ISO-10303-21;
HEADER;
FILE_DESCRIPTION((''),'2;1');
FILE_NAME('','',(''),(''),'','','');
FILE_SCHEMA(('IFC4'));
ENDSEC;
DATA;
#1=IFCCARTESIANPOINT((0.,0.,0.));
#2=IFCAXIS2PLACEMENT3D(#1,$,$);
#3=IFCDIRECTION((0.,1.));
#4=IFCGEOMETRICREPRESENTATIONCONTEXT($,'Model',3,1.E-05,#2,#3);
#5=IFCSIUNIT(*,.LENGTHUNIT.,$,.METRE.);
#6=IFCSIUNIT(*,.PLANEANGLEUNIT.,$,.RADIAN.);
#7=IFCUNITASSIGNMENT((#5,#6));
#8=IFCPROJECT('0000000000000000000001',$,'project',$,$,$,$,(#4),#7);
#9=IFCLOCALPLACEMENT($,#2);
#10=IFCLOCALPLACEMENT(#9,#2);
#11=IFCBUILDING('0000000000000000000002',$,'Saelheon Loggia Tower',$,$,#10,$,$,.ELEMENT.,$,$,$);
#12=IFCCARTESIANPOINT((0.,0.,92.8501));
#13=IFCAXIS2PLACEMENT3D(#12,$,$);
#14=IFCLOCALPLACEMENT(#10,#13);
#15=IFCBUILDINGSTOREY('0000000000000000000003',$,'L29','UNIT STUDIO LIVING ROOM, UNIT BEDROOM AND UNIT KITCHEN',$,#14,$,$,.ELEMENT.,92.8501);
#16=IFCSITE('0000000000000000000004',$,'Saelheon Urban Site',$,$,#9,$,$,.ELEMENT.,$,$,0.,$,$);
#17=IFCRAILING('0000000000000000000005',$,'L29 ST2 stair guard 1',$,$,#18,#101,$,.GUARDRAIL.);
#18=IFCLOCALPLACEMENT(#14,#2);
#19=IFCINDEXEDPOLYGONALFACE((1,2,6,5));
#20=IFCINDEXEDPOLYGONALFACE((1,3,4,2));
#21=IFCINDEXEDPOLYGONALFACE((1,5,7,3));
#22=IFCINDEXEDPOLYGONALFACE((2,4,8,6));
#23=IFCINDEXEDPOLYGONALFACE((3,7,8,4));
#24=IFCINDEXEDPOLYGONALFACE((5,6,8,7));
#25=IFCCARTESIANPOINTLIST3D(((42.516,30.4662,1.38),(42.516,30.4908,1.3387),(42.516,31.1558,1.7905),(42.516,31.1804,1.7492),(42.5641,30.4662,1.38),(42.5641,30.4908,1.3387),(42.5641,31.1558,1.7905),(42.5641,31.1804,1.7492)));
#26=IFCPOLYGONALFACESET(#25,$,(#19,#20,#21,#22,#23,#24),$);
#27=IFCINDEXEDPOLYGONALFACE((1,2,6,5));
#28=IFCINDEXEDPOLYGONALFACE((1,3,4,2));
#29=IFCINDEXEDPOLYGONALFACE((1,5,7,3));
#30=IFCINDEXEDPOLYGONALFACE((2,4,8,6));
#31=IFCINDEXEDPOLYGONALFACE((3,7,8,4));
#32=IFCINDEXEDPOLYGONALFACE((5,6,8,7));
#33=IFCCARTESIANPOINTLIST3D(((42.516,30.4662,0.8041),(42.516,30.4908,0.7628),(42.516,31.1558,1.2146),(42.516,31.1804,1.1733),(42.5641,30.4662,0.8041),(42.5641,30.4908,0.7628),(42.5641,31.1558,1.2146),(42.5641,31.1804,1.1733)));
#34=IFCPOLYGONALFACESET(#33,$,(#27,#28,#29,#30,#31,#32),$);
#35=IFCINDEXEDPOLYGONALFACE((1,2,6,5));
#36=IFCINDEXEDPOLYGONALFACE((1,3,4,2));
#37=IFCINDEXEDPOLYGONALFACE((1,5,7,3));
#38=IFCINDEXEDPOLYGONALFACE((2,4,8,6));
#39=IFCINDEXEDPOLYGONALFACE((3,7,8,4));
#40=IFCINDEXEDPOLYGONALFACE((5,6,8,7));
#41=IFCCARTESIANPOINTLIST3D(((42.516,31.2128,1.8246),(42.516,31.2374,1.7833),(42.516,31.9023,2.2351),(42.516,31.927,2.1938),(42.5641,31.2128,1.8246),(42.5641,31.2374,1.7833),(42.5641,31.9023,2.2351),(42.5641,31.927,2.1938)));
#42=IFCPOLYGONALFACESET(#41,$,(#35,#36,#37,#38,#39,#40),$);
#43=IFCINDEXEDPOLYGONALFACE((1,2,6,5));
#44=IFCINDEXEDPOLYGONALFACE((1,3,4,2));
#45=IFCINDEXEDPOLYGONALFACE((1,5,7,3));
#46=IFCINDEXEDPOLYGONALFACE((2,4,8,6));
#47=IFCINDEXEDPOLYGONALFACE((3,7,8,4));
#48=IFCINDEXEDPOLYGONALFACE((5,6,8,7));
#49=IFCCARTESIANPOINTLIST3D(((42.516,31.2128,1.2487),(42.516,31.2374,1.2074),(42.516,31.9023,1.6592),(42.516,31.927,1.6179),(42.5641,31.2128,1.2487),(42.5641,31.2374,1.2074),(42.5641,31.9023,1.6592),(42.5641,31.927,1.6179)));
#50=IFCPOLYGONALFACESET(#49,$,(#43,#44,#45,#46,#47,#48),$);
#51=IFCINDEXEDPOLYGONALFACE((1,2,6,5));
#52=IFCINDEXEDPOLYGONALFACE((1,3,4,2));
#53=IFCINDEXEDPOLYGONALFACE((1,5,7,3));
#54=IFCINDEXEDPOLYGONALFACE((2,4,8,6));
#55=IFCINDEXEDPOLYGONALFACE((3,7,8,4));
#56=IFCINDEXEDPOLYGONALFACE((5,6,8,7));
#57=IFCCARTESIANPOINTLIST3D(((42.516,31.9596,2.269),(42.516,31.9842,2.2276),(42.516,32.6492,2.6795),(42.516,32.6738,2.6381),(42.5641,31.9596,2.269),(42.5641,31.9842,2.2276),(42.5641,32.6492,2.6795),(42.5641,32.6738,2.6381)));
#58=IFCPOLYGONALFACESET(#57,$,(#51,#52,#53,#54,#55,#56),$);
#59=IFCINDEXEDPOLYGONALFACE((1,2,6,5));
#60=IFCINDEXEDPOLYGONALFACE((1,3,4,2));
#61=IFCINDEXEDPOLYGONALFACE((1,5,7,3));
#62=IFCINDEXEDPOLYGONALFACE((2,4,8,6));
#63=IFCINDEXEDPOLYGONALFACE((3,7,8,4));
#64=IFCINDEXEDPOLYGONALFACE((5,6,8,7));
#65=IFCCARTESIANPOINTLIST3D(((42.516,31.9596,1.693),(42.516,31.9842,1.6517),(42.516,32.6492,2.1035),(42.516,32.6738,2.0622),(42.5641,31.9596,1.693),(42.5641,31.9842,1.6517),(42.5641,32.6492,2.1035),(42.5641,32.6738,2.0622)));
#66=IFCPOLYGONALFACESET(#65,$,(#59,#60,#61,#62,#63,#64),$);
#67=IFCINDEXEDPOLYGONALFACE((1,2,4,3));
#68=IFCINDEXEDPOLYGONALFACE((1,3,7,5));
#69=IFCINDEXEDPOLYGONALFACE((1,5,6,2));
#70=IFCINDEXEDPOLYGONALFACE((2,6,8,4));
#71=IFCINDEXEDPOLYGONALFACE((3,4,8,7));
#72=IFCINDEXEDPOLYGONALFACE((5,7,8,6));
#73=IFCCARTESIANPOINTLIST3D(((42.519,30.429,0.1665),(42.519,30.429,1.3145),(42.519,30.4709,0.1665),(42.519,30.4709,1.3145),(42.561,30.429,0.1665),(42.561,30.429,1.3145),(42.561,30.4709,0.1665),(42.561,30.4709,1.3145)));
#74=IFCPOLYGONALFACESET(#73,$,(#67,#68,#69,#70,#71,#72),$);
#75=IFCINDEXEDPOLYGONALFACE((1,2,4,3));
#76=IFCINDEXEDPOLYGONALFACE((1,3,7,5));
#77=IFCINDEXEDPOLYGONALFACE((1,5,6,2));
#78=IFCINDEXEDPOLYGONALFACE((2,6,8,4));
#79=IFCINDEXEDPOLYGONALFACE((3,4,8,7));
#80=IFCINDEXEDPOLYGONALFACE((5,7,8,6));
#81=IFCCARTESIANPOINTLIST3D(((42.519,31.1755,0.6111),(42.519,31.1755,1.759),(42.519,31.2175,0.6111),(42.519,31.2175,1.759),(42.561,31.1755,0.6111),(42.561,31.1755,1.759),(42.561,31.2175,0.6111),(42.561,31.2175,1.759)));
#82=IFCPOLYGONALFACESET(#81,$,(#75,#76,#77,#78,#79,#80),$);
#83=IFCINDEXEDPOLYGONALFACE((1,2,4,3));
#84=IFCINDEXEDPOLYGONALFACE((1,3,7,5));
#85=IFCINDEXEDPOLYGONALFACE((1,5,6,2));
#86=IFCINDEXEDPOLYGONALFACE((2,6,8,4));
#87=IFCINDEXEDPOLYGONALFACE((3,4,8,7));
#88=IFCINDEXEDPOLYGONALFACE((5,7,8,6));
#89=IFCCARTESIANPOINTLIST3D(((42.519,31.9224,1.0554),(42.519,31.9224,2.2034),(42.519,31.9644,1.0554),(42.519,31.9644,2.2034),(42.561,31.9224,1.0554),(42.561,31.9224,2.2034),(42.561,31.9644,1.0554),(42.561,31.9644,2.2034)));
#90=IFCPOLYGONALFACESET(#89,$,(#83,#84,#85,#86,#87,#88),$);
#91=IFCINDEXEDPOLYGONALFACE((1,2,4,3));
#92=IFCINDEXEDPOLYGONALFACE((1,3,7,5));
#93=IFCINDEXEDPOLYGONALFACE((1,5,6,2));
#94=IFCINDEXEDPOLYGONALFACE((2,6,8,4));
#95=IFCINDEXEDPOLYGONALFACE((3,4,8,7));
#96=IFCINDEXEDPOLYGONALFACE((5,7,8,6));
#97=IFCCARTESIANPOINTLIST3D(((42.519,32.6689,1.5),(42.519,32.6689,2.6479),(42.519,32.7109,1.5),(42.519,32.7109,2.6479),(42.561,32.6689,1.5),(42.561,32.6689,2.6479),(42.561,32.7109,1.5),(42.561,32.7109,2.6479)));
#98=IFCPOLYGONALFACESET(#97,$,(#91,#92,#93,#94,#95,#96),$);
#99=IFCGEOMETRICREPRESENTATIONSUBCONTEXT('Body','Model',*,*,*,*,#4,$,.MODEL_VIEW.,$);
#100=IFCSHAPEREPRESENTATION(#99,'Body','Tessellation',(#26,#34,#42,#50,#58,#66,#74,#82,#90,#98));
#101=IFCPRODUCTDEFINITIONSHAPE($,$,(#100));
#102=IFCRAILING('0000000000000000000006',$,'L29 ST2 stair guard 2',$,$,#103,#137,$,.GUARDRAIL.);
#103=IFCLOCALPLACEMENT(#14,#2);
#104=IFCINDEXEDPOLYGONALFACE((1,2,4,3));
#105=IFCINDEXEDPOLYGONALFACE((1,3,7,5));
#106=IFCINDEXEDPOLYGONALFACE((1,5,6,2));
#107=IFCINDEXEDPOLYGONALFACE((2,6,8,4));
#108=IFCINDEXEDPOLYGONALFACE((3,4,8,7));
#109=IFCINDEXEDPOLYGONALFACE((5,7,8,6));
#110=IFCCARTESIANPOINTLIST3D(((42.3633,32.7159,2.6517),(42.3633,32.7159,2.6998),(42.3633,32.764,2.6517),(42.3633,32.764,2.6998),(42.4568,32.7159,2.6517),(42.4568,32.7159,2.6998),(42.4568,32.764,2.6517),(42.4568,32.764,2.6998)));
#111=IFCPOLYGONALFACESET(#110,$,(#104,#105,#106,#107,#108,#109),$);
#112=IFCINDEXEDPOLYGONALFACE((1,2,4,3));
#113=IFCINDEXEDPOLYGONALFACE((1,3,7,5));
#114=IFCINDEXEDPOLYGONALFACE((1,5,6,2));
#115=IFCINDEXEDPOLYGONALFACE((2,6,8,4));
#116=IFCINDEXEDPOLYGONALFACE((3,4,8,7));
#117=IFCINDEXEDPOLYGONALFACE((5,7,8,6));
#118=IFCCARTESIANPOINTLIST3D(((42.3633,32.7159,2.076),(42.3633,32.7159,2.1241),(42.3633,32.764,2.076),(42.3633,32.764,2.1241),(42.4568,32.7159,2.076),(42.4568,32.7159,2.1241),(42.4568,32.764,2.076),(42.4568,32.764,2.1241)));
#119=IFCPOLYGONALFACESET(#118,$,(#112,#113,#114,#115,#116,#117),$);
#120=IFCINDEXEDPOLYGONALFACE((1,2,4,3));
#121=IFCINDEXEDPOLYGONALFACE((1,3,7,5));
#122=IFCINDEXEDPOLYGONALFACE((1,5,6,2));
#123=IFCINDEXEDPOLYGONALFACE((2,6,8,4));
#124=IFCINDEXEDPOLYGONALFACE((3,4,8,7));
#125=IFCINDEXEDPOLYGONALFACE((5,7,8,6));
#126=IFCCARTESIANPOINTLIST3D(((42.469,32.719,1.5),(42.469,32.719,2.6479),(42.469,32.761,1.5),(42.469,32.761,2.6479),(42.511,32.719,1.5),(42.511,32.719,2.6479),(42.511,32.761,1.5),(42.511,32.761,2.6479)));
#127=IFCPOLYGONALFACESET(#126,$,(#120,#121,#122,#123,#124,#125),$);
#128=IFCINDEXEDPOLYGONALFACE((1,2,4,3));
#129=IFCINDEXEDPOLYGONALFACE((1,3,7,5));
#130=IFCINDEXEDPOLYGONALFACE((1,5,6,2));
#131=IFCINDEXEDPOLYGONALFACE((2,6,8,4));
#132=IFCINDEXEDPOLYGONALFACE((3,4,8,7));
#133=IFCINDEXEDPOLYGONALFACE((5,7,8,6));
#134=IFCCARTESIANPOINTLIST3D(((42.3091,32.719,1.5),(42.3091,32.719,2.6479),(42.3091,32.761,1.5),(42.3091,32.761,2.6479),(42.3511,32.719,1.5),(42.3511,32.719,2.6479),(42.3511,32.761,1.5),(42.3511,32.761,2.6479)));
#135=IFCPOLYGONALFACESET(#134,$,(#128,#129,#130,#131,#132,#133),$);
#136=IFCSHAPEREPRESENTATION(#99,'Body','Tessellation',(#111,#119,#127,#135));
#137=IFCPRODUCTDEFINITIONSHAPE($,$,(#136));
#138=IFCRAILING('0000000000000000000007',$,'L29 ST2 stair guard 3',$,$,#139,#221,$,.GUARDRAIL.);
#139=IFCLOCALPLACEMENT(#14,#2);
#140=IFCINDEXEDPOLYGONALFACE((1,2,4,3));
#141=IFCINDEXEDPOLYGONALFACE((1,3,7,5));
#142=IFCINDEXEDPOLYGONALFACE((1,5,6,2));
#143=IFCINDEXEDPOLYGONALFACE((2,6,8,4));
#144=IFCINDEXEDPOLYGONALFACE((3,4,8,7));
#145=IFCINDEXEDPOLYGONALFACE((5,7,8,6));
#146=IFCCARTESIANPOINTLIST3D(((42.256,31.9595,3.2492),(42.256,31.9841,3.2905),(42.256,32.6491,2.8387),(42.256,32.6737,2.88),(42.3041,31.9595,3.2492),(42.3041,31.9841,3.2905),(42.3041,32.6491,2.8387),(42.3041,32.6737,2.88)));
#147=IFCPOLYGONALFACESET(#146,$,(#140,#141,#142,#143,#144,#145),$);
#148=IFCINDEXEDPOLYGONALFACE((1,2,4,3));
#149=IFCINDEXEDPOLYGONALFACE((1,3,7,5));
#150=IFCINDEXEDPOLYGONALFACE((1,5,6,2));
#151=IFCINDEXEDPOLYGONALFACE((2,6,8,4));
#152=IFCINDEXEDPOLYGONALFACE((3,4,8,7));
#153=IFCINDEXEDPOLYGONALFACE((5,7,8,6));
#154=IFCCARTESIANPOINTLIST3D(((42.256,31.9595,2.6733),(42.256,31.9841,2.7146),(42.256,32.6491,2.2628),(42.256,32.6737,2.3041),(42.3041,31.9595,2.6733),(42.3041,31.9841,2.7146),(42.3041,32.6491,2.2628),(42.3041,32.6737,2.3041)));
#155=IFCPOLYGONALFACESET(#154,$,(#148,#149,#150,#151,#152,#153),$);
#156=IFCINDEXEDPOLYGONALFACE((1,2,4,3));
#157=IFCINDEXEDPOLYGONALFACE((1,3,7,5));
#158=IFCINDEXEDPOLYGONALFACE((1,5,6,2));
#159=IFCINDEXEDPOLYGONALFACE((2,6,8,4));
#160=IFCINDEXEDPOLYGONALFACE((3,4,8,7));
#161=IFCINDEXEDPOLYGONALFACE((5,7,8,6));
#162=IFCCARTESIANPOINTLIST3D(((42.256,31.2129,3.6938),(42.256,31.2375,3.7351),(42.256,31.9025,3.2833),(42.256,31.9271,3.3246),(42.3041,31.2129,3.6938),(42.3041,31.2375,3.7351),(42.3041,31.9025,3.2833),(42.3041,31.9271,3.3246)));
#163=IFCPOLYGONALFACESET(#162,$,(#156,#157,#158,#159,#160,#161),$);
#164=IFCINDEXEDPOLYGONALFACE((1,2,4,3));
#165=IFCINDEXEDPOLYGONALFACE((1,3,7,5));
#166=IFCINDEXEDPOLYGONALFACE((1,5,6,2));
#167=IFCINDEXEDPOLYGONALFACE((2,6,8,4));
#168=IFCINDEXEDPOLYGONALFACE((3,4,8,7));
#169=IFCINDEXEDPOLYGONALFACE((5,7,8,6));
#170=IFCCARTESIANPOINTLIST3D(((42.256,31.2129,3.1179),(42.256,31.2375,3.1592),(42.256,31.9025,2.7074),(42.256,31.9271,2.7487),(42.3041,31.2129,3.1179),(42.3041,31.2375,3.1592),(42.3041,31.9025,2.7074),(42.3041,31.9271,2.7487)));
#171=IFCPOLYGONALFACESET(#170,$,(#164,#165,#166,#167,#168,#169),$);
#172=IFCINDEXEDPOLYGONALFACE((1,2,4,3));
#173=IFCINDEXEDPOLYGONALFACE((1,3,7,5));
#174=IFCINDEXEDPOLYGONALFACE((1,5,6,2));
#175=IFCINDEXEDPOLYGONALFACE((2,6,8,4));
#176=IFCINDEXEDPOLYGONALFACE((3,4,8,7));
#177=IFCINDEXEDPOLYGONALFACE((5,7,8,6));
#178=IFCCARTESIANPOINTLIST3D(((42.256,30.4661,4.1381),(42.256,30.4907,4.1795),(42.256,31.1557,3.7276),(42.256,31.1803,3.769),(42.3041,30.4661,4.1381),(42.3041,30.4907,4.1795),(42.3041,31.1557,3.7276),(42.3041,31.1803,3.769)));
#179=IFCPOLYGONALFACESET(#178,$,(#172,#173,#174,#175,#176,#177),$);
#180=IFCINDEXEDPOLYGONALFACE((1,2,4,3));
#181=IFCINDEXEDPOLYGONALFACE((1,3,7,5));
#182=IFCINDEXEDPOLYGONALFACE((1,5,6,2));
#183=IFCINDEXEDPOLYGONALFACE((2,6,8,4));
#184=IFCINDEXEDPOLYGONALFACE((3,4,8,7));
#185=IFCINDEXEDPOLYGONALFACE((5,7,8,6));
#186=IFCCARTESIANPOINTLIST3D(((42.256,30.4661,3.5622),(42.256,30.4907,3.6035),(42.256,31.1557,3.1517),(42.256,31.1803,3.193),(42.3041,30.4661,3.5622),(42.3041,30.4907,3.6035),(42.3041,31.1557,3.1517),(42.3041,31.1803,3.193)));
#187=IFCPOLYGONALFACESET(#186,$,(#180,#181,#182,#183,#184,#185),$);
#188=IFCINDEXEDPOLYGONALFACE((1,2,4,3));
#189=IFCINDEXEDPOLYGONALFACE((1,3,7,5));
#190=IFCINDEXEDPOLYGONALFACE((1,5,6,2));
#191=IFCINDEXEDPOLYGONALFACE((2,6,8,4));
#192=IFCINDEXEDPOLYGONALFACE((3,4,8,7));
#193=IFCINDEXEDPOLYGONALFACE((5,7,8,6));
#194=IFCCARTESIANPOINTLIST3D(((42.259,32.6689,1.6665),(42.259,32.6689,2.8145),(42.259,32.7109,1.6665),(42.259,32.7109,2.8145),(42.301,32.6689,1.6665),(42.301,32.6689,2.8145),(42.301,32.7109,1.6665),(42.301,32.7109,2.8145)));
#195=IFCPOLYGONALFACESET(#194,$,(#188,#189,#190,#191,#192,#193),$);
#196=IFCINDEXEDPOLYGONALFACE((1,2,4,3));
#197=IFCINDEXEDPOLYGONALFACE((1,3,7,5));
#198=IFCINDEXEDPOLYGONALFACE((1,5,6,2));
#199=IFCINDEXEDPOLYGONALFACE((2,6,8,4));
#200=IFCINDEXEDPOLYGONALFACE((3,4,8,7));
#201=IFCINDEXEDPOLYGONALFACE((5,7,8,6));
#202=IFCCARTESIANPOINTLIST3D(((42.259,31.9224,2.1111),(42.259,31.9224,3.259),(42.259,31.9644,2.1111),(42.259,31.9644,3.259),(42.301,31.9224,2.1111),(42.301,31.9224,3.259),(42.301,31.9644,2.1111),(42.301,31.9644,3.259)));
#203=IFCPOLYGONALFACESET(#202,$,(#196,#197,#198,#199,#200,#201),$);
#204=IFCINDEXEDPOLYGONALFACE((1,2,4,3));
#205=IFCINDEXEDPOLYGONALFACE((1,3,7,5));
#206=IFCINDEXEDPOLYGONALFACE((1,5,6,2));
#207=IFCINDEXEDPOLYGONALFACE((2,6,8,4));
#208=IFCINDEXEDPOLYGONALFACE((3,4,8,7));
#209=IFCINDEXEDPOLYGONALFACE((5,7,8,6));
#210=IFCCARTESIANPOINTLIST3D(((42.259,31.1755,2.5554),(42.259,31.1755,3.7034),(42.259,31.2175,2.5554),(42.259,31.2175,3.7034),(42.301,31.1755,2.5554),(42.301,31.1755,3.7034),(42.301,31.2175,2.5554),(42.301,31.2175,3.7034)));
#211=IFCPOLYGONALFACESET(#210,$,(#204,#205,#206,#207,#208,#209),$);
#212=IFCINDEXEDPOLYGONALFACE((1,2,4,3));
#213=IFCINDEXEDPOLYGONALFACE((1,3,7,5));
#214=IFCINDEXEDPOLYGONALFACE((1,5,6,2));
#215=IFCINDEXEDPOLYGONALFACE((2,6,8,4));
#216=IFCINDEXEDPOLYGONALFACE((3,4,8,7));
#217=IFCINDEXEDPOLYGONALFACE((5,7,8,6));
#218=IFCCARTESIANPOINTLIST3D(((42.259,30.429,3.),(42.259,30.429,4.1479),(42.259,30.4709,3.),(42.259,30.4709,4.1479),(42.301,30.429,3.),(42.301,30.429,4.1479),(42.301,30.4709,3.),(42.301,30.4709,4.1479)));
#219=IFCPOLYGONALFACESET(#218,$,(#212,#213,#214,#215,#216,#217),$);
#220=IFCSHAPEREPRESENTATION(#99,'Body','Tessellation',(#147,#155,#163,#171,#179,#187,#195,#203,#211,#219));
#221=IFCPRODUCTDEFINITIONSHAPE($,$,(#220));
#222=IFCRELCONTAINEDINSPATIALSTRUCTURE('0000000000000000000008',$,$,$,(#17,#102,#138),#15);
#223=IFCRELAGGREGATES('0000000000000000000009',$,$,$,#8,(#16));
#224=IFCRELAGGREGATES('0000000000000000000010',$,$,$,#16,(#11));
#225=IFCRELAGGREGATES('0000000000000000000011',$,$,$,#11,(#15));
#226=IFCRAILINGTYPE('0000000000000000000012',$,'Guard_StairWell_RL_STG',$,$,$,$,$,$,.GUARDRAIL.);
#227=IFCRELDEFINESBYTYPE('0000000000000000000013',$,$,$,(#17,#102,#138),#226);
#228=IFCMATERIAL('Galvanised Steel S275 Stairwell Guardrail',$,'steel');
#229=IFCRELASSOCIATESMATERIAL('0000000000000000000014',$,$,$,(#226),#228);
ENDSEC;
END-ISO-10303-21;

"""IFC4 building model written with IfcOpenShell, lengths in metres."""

from ifc_helpers import new_model, si_unit, direction, frame, origin, origin_2d, place, context, subcontext, project, spatial, rectangle, extrude, material, type_object, element, save


model = new_model("IFC4")

# Units and contexts
model_context = context("Model", 3, precision=1e-05, world=origin(), true_north=direction((0.0, 1.0)))
body_context = subcontext(model_context, "Body", "Model", "MODEL_VIEW")
ifc_project = project(units=[si_unit("LENGTHUNIT", "METRE"), si_unit("PLANEANGLEUNIT", "RADIAN")], contexts=[model_context])

# Site, building, storey
site_placement = place(None, origin())
site = spatial("IfcSite", under=ifc_project, at=site_placement, Name="Saelheon Urban Site", CompositionType="ELEMENT", RefElevation=0.0)
building_placement = place(site_placement, origin())
building = spatial("IfcBuilding", under=site, at=building_placement, Name="Saelheon Loggia Tower", CompositionType="ELEMENT")
storey_placement = place(building_placement, frame((0.0, 0.0, 92.8501)))
storey = spatial("IfcBuildingStorey", under=building, at=storey_placement, Name="L29", Description="UNIT STUDIO LIVING ROOM, UNIT BEDROOM AND UNIT KITCHEN", CompositionType="ELEMENT", Elevation=92.8501)

# Railings
ifc_material_1 = material(Name="Galvanised Steel S275 Stairwell Guardrail", Category="steel")
railing_type_1 = type_object("IfcRailingType", Name="Guard_StairWell_RL_STG", PredefinedType="GUARDRAIL", material=ifc_material_1)
railing_1_placement = place(storey_placement, frame((42.54, 30.45, 0.1665)))
element("IfcRailing", 1, at=railing_1_placement, inside=storey, type_object=railing_type_1, Name="L29 ST2 stair guard 1", PredefinedType="GUARDRAIL", context=body_context, shape_type="SweptSolid", body=[
    extrude(rectangle(XDim=0.0481, YDim=0.0481, at=origin_2d()), frame((0.0, 0.0286, 1.1929), z_axis=(0.0, 0.859264, 0.511532), x_axis=(-1.0, 0.0, 0.0)), (0.0, 0.0, 1.0), 0.8025),
    extrude(rectangle(XDim=0.0481, YDim=0.0481, at=origin_2d()), frame((0.0, 0.0286, 0.6169), z_axis=(0.0, 0.859264, 0.511532), x_axis=(-1.0, 0.0, 0.0)), (0.0, 0.0, 1.0), 0.8025),
    extrude(rectangle(XDim=0.0481, YDim=0.0481, at=origin_2d()), frame((0.0, 0.7751, 1.6375), z_axis=(0.0, 0.859264, 0.511532), x_axis=(-1.0, 0.0, 0.0)), (0.0, 0.0, 1.0), 0.8025),
    extrude(rectangle(XDim=0.0481, YDim=0.0481, at=origin_2d()), frame((0.0, 0.7751, 1.0615), z_axis=(0.0, 0.859264, 0.511532), x_axis=(-1.0, 0.0, 0.0)), (0.0, 0.0, 1.0), 0.8025),
    extrude(rectangle(XDim=0.0481, YDim=0.0481, at=origin_2d()), frame((0.0, 1.522, 2.0818), z_axis=(0.0, 0.859264, 0.511532), x_axis=(-1.0, 0.0, 0.0)), (0.0, 0.0, 1.0), 0.8025),
    extrude(rectangle(XDim=0.0481, YDim=0.0481, at=origin_2d()), frame((0.0, 1.522, 1.5059), z_axis=(0.0, 0.859264, 0.511532), x_axis=(-1.0, 0.0, 0.0)), (0.0, 0.0, 1.0), 0.8025),
    extrude(rectangle(XDim=0.042, YDim=0.042, at=origin_2d()), origin(), (0.0, 0.0, 1.0), 1.1479),
    extrude(rectangle(XDim=0.042, YDim=0.042, at=origin_2d()), frame((0.0, 0.7466, 0.4446)), (0.0, 0.0, 1.0), 1.1479),
    extrude(rectangle(XDim=0.042, YDim=0.042, at=origin_2d()), frame((0.0, 1.4934, 0.8889)), (0.0, 0.0, 1.0), 1.1479),
    extrude(rectangle(XDim=0.042, YDim=0.042, at=origin_2d()), frame((0.0, 2.24, 1.3335)), (0.0, 0.0, 1.0), 1.1479),
])
railing_2_placement = place(storey_placement, frame((42.49, 32.74, 1.5)))
element("IfcRailing", 2, at=railing_2_placement, inside=storey, type_object=railing_type_1, Name="L29 ST2 stair guard 2", PredefinedType="GUARDRAIL", context=body_context, shape_type="SweptSolid", body=[
    extrude(rectangle(XDim=0.0481, YDim=0.0481, at=origin_2d()), frame((-0.0332, 0.0, 1.1758), z_axis=(-1.0, 0.0, 0.0), x_axis=(0.0, -1.0, 0.0)), (0.0, 0.0, 1.0), 0.0935),
    extrude(rectangle(XDim=0.0481, YDim=0.0481, at=origin_2d()), frame((-0.0332, 0.0, 0.6001), z_axis=(-1.0, 0.0, 0.0), x_axis=(0.0, -1.0, 0.0)), (0.0, 0.0, 1.0), 0.0935),
    extrude(rectangle(XDim=0.042, YDim=0.042, at=origin_2d()), origin(), (0.0, 0.0, 1.0), 1.1479),
    extrude(rectangle(XDim=0.042, YDim=0.042, at=origin_2d()), frame((-0.1599, 0.0, 0.0)), (0.0, 0.0, 1.0), 1.1479),
])
railing_3_placement = place(storey_placement, frame((42.28, 32.6899, 1.6665)))
element("IfcRailing", 3, at=railing_3_placement, inside=storey, type_object=railing_type_1, Name="L29 ST2 stair guard 3", PredefinedType="GUARDRAIL", context=body_context, shape_type="SweptSolid", body=[
    extrude(rectangle(XDim=0.0481, YDim=0.0481, at=origin_2d()), frame((0.0, -0.0286, 1.1929), z_axis=(0.0, -0.859264, 0.511532), x_axis=(1.0, 0.0, 0.0)), (0.0, 0.0, 1.0), 0.8025),
    extrude(rectangle(XDim=0.0481, YDim=0.0481, at=origin_2d()), frame((0.0, -0.0286, 0.6169), z_axis=(0.0, -0.859264, 0.511532), x_axis=(1.0, 0.0, 0.0)), (0.0, 0.0, 1.0), 0.8025),
    extrude(rectangle(XDim=0.0481, YDim=0.0481, at=origin_2d()), frame((0.0, -0.7751, 1.6375), z_axis=(0.0, -0.859264, 0.511532), x_axis=(1.0, 0.0, 0.0)), (0.0, 0.0, 1.0), 0.8025),
    extrude(rectangle(XDim=0.0481, YDim=0.0481, at=origin_2d()), frame((0.0, -0.7751, 1.0615), z_axis=(0.0, -0.859264, 0.511532), x_axis=(1.0, 0.0, 0.0)), (0.0, 0.0, 1.0), 0.8025),
    extrude(rectangle(XDim=0.0481, YDim=0.0481, at=origin_2d()), frame((0.0, -1.522, 2.0818), z_axis=(0.0, -0.859264, 0.511532), x_axis=(1.0, 0.0, 0.0)), (0.0, 0.0, 1.0), 0.8025),
    extrude(rectangle(XDim=0.0481, YDim=0.0481, at=origin_2d()), frame((0.0, -1.522, 1.5059), z_axis=(0.0, -0.859264, 0.511532), x_axis=(1.0, 0.0, 0.0)), (0.0, 0.0, 1.0), 0.8025),
    extrude(rectangle(XDim=0.042, YDim=0.042, at=origin_2d()), origin(), (0.0, 0.0, 1.0), 1.1479),
    extrude(rectangle(XDim=0.042, YDim=0.042, at=origin_2d()), frame((0.0, -0.7466, 0.4446)), (0.0, 0.0, 1.0), 1.1479),
    extrude(rectangle(XDim=0.042, YDim=0.042, at=origin_2d()), frame((0.0, -1.4934, 0.8889)), (0.0, 0.0, 1.0), 1.1479),
    extrude(rectangle(XDim=0.042, YDim=0.042, at=origin_2d()), frame((0.0, -2.24, 1.3335)), (0.0, 0.0, 1.0), 1.1479),
])

save(model, "model.ifc")
